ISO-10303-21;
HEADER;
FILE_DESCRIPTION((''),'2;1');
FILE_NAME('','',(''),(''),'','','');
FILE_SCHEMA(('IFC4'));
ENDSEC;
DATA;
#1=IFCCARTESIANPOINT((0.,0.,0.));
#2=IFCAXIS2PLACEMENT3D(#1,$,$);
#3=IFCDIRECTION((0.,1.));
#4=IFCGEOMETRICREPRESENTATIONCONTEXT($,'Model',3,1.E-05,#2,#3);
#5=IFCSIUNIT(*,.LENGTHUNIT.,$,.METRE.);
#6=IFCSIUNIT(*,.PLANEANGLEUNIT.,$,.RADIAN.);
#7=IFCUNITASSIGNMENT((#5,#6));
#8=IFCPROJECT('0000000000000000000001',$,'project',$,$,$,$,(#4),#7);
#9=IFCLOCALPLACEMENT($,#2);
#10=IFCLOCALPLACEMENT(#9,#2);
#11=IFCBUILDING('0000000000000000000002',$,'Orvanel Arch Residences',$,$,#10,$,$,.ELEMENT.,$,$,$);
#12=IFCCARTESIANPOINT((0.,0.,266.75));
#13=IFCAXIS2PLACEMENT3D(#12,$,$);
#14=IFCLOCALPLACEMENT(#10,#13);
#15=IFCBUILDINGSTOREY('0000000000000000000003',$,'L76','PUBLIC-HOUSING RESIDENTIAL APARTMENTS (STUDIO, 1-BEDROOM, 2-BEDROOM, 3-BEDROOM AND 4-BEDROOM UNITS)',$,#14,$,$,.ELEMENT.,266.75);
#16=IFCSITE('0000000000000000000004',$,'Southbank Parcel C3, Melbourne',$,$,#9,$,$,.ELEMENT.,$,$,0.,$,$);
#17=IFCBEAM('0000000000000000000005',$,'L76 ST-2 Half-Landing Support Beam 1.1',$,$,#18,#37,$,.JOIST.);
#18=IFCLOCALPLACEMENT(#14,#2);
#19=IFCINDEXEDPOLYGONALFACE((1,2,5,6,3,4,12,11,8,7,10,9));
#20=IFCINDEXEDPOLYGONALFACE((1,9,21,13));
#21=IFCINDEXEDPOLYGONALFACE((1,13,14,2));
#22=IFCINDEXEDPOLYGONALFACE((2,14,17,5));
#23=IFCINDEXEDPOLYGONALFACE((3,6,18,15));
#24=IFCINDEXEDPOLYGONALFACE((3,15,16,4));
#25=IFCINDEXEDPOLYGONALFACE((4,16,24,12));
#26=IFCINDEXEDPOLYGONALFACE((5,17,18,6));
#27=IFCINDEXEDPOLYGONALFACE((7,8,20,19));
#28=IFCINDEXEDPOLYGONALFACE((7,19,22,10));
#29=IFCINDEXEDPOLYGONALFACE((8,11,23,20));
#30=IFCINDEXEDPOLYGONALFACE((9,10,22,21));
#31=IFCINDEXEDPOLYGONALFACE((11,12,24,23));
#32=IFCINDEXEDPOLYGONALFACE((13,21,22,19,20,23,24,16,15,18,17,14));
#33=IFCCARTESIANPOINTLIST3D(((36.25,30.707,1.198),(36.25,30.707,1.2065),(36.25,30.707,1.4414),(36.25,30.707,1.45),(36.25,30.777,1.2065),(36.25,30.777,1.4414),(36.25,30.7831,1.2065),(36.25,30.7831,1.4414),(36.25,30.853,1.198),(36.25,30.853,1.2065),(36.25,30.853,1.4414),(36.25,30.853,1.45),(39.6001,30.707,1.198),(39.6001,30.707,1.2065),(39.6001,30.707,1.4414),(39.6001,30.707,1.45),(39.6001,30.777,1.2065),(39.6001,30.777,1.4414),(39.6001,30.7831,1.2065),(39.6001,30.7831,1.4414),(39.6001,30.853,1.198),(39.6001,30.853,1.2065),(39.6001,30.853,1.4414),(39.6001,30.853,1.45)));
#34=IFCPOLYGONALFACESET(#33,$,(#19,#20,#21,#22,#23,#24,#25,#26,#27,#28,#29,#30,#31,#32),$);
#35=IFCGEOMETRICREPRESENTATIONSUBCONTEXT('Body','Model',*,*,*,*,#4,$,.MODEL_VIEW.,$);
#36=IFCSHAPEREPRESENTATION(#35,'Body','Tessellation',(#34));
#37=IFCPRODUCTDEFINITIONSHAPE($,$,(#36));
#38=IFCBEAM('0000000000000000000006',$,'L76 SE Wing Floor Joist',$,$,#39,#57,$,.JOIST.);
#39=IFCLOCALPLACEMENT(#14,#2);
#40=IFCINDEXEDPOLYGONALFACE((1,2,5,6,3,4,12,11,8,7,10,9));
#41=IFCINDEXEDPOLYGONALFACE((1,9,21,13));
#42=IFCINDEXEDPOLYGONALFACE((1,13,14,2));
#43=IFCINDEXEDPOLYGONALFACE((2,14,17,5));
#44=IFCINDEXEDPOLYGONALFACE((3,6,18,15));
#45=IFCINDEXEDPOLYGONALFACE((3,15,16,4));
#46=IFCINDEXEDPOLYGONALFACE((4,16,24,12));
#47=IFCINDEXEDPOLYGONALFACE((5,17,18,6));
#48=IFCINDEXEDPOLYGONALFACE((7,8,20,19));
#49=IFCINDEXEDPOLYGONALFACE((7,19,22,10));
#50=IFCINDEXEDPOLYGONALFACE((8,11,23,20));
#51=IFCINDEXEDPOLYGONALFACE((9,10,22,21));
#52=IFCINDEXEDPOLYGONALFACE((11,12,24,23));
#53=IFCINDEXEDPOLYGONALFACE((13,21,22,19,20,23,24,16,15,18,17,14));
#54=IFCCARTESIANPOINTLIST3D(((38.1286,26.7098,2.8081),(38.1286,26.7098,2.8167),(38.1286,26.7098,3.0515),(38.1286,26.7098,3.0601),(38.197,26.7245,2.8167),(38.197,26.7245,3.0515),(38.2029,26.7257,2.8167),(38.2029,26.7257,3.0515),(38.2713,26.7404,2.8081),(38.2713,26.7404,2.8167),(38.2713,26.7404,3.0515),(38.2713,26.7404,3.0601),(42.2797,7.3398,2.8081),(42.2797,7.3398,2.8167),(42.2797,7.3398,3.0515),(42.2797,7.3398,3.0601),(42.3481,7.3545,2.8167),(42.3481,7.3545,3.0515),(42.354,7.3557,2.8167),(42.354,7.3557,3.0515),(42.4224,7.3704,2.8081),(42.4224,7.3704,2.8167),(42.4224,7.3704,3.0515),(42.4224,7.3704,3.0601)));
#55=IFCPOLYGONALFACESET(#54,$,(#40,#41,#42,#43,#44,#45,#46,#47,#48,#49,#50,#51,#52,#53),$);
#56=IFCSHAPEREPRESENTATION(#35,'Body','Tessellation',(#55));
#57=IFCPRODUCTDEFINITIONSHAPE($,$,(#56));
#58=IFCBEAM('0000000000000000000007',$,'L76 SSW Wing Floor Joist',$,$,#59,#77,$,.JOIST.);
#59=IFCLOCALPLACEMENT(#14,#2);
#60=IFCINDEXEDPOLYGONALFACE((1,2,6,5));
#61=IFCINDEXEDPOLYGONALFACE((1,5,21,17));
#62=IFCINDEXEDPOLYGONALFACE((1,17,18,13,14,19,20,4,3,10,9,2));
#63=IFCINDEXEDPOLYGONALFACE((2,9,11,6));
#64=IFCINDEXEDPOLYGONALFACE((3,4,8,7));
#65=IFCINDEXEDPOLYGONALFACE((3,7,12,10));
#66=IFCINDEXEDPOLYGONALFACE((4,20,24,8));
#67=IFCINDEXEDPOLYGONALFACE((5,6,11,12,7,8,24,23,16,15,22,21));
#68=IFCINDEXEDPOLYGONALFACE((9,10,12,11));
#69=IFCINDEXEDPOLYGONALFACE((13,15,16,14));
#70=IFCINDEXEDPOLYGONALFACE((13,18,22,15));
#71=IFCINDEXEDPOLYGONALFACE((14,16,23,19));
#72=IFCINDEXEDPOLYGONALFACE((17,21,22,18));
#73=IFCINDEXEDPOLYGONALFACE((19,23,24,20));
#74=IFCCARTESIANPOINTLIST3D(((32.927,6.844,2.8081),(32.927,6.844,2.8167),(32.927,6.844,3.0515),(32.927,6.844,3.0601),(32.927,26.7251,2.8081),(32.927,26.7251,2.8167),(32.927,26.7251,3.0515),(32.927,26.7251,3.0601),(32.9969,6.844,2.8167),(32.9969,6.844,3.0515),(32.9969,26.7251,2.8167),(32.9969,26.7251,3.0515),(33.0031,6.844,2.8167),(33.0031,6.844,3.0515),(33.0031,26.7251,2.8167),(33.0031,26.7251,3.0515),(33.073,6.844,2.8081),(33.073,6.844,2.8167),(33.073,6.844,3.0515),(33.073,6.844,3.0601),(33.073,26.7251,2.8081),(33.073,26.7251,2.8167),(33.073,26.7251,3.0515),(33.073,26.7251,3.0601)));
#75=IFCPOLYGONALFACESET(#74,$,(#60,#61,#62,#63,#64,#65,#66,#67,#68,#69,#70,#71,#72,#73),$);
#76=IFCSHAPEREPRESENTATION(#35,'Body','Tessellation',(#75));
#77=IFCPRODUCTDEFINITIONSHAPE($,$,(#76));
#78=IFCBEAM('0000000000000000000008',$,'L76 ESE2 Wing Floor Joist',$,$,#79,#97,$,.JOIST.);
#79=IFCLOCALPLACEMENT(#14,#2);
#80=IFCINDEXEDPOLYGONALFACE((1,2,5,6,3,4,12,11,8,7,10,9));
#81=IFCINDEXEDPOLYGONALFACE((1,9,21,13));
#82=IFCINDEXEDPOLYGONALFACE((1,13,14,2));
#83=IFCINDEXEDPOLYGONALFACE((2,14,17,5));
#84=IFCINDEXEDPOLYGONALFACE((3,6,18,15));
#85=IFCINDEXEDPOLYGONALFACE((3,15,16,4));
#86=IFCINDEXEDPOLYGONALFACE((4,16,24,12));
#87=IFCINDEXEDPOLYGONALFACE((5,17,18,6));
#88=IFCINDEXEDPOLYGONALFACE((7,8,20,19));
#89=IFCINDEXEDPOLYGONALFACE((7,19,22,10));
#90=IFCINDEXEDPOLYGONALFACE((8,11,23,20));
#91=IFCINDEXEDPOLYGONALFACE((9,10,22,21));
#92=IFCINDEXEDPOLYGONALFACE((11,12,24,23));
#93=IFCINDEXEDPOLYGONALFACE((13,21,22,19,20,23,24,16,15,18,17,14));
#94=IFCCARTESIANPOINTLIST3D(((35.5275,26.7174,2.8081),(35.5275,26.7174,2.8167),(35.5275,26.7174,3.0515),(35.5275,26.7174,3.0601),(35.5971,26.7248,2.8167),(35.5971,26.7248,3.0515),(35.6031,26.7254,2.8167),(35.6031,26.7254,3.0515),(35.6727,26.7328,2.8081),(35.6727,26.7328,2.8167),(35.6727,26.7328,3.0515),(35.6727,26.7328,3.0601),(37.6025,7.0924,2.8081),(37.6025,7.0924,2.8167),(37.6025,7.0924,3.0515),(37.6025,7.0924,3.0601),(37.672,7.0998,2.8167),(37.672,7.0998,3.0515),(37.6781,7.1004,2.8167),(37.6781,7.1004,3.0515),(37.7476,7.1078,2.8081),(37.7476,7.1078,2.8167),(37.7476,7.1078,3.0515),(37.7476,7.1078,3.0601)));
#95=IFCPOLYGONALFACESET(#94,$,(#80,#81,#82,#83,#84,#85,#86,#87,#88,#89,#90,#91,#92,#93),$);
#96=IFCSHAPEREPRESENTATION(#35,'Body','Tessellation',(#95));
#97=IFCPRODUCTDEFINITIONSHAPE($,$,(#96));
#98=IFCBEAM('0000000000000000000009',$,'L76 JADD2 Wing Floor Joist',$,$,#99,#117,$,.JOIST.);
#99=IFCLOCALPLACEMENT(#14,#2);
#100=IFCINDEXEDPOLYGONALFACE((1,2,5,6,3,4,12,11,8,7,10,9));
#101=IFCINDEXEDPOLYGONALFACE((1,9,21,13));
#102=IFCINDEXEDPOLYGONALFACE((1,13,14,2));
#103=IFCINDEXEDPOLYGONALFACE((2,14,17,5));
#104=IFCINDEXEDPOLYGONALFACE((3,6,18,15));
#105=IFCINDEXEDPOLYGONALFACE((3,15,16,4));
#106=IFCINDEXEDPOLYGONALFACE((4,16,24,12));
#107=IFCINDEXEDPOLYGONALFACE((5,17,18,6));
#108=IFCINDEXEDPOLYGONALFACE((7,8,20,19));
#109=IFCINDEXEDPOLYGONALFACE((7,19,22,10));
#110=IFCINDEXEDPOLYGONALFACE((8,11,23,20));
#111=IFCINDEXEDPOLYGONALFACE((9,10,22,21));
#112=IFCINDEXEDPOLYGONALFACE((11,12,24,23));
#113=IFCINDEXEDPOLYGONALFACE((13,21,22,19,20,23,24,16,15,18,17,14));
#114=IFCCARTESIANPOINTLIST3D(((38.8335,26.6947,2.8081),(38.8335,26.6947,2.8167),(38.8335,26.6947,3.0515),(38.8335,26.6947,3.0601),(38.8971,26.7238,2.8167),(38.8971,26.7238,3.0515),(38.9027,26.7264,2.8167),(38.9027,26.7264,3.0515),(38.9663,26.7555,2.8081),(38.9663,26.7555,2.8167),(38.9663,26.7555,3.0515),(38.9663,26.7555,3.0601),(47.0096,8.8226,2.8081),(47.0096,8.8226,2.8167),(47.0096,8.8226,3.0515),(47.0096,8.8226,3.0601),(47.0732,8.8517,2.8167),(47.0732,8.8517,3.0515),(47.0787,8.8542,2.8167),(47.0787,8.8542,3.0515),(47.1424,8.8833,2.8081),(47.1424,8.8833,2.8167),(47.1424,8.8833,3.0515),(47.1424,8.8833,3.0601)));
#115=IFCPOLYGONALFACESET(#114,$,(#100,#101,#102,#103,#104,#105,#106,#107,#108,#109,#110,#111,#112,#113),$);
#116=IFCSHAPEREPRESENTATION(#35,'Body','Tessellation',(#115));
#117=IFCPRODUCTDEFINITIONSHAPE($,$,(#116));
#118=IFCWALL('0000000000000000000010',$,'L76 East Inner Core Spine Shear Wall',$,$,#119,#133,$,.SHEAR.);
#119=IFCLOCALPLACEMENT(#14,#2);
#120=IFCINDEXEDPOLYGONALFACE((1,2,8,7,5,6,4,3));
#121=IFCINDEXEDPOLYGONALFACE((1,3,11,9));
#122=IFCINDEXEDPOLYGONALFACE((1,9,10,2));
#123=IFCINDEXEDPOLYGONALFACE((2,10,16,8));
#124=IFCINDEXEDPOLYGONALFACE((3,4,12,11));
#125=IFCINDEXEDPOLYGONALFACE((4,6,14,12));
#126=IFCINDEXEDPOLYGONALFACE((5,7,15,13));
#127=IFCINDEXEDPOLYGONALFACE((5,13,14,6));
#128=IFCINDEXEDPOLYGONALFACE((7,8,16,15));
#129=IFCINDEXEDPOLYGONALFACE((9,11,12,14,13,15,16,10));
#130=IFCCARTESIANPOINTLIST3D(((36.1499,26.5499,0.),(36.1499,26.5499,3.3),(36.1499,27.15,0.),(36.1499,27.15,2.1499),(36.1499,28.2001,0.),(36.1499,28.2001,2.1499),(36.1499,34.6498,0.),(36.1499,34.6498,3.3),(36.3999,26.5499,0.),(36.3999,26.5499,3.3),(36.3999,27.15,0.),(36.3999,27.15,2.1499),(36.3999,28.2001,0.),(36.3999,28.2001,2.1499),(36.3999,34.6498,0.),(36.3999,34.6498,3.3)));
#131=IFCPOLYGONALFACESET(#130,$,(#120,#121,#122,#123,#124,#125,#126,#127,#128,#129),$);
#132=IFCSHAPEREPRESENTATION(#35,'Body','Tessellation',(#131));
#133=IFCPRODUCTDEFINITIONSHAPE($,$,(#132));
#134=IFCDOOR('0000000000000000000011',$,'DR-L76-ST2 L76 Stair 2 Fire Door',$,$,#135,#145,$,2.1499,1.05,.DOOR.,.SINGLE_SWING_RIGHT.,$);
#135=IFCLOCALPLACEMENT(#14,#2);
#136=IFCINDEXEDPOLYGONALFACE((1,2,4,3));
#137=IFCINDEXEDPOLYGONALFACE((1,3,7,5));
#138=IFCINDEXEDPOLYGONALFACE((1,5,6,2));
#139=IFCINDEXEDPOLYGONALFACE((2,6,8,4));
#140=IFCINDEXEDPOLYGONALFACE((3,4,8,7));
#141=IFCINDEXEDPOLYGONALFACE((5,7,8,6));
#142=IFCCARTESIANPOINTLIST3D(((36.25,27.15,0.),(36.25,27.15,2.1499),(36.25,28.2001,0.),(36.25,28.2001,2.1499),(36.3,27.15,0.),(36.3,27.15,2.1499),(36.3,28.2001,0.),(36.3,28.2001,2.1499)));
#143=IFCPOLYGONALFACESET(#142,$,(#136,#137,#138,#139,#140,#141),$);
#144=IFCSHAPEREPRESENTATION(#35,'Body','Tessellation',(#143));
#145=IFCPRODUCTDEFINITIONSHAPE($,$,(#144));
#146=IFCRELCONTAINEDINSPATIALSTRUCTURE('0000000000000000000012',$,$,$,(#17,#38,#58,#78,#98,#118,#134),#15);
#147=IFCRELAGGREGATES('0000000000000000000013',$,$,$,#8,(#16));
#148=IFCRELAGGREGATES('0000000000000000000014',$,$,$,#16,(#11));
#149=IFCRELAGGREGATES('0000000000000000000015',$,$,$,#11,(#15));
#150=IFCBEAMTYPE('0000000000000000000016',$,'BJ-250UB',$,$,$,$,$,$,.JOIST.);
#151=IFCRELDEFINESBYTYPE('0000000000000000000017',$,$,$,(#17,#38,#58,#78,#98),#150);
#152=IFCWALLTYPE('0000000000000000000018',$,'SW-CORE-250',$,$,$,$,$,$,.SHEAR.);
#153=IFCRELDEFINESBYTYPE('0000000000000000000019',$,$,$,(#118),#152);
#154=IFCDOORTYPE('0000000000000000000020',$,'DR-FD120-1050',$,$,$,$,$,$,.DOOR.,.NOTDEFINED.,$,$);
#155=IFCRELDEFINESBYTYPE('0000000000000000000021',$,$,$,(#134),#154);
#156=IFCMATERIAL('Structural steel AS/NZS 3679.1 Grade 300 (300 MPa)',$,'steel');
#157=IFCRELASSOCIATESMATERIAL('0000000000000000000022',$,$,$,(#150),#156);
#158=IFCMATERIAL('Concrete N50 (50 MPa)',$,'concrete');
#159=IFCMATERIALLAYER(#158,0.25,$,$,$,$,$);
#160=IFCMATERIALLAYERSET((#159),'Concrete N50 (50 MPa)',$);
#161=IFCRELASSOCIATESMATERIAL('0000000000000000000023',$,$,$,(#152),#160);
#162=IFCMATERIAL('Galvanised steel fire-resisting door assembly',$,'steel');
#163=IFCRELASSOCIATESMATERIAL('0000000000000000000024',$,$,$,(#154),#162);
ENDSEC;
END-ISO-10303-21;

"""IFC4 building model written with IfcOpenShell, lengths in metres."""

from ifc_helpers import new_model, si_unit, direction, frame, frame_2d, origin, origin_2d, place, context, subcontext, project, spatial, rectangle, i_section, extrude, material, layer, layer_set, material_profile, profile_set, type_object, element, fill, save


model = new_model("IFC4")

# Units and contexts
model_context = context("Model", 3, precision=1e-05, world=origin(), true_north=direction((0.0, 1.0)))
body_context = subcontext(model_context, "Body", "Model", "MODEL_VIEW")
ifc_project = project(units=[si_unit("LENGTHUNIT", "METRE"), si_unit("PLANEANGLEUNIT", "RADIAN")], contexts=[model_context])

# Site, building, storey
site_placement = place(None, origin())
site = spatial("IfcSite", under=ifc_project, at=site_placement, Name="Southbank Parcel C3, Melbourne", CompositionType="ELEMENT", RefElevation=0.0)
building_placement = place(site_placement, origin())
building = spatial("IfcBuilding", under=site, at=building_placement, Name="Orvanel Arch Residences", CompositionType="ELEMENT")
storey_placement = place(building_placement, frame((0.0, 0.0, 266.75)))
storey = spatial("IfcBuildingStorey", under=building, at=storey_placement, Name="L76", Description="PUBLIC-HOUSING RESIDENTIAL APARTMENTS (STUDIO, 1-BEDROOM, 2-BEDROOM, 3-BEDROOM AND 4-BEDROOM UNITS)", CompositionType="ELEMENT", Elevation=266.75)

# Beams
ifc_material_1 = material(Name="Structural steel AS/NZS 3679.1 Grade 300 (300 MPa)", Category="steel")
ifc_material_profile = material_profile(ifc_material_1, i_section(OverallWidth=0.146, OverallDepth=0.252, WebThickness=0.0061, FlangeThickness=0.0085, at=origin_2d()), Name="250UB31.4")
ifc_profile_set = profile_set([ifc_material_profile], Name="Structural steel AS/NZS 3679.1 Grade 300 (300 MPa)")
beam_type = type_object("IfcBeamType", Name="BJ-250UB", PredefinedType="JOIST", material=ifc_profile_set)
beam_1_placement = place(storey_placement, frame((36.25, 30.78, 1.324), z_axis=(1.0, 0.0, 0.0), x_axis=(0.0, 1.0, 0.0)))
element("IfcBeam", 1, at=beam_1_placement, inside=storey, type_object=beam_type, Name="L76 ST-2 Half-Landing Support Beam 1.1", PredefinedType="JOIST", context=body_context, shape_type="SweptSolid", body=[
    extrude(i_section(OverallWidth=0.146, OverallDepth=0.252, WebThickness=0.0061, FlangeThickness=0.0085, at=origin_2d()), origin(), (0.0, 0.0, 1.0), 3.3501),
])
beam_2_placement = place(storey_placement, frame((38.2, 26.7251, 2.9341), z_axis=(0.209548, -0.977798, 0.0), x_axis=(0.977798, 0.209548, 0.0)))
element("IfcBeam", 2, at=beam_2_placement, inside=storey, type_object=beam_type, Name="L76 SE Wing Floor Joist", PredefinedType="JOIST", context=body_context, shape_type="SweptSolid", body=[
    extrude(i_section(OverallWidth=0.146, OverallDepth=0.252, WebThickness=0.0061, FlangeThickness=0.0085, at=origin_2d()), origin(), (0.0, 0.0, 1.0), 19.8098),
])
beam_3_placement = place(storey_placement, frame((33.0, 26.7251, 2.9341), z_axis=(0.0, -1.0, 0.0), x_axis=(1.0, 0.0, 0.0)))
element("IfcBeam", 3, at=beam_3_placement, inside=storey, type_object=beam_type, Name="L76 SSW Wing Floor Joist", PredefinedType="JOIST", context=body_context, shape_type="SweptSolid", body=[
    extrude(i_section(OverallWidth=0.146, OverallDepth=0.252, WebThickness=0.0061, FlangeThickness=0.0085, at=origin_2d()), origin(), (0.0, 0.0, 1.0), 19.8811),
])
beam_4_placement = place(storey_placement, frame((35.6001, 26.7251, 2.9341), z_axis=(0.105144, -0.994457, 0.0), x_axis=(0.994457, 0.105144, 0.0)))
element("IfcBeam", 4, at=beam_4_placement, inside=storey, type_object=beam_type, Name="L76 ESE2 Wing Floor Joist", PredefinedType="JOIST", context=body_context, shape_type="SweptSolid", body=[
    extrude(i_section(OverallWidth=0.146, OverallDepth=0.252, WebThickness=0.0061, FlangeThickness=0.0085, at=origin_2d()), origin(), (0.0, 0.0, 1.0), 19.7344),
])
beam_5_placement = place(storey_placement, frame((38.8999, 26.7251, 2.9341), z_axis=(0.41601, -0.90936, 0.0), x_axis=(0.90936, 0.41601, 0.0)))
element("IfcBeam", 5, at=beam_5_placement, inside=storey, type_object=beam_type, Name="L76 JADD2 Wing Floor Joist", PredefinedType="JOIST", context=body_context, shape_type="SweptSolid", body=[
    extrude(i_section(OverallWidth=0.146, OverallDepth=0.252, WebThickness=0.0061, FlangeThickness=0.0085, at=origin_2d()), origin(), (0.0, 0.0, 1.0), 19.6536),
])

# Wall, opening, door
ifc_material_2 = material(Name="Concrete N50 (50 MPa)", Category="concrete")
ifc_layer_1 = layer(ifc_material_2, 0.25)
ifc_layer_set_1 = layer_set([ifc_layer_1], Name="Concrete N50 (50 MPa)")
wall_type_1 = type_object("IfcWallType", Name="SW-CORE-250", PredefinedType="SHEAR", material=ifc_layer_set_1)
wall_1_placement = place(storey_placement, frame((36.2749, 26.55, 0.0), z_axis=(0.0, 0.0, 1.0), x_axis=(0.0, 1.0, 0.0)))
wall_1 = element("IfcWall", 6, at=wall_1_placement, inside=storey, type_object=wall_type_1, Name="L76 East Inner Core Spine Shear Wall", PredefinedType="SHEAR", context=body_context, shape_type="SweptSolid", body=[
    extrude(rectangle(XDim=8.0999, YDim=0.25, at=frame_2d((4.0498, 0.0))), origin(), (0.0, 0.0, 1.0), 3.3),
])
opening_1_placement = place(wall_1_placement, frame((0.6001, 0.0, 0.0)))
opening_1 = element("IfcOpeningElement", 7, at=opening_1_placement, cuts=wall_1, PredefinedType="OPENING", context=body_context, shape_type="SweptSolid", body=[
    extrude(rectangle(XDim=1.05, YDim=2.1499, at=frame_2d((0.5249, 1.075))), frame((0.0, 0.135, 0.0), z_axis=(0.0, -1.0, 0.0), x_axis=(1.0, 0.0, 0.0)), (0.0, 0.0, 1.0), 0.27),
])
ifc_material_3 = material(Name="Galvanised steel fire-resisting door assembly", Category="steel")
door_type_1 = type_object("IfcDoorType", Name="DR-FD120-1050", OperationType="NOTDEFINED", PredefinedType="DOOR", material=ifc_material_3)
door_1_placement = place(opening_1_placement, origin())
door_1 = element("IfcDoor", 8, at=door_1_placement, inside=storey, type_object=door_type_1, Name="DR-L76-ST2 L76 Stair 2 Fire Door", OperationType="SINGLE_SWING_RIGHT", OverallHeight=2.1499, OverallWidth=1.05, PredefinedType="DOOR", context=body_context, shape_type="SweptSolid", body=[
    extrude(rectangle(XDim=1.05, YDim=2.1499, at=frame_2d((0.5249, 1.075))), frame((0.0, 0.0249, 0.0), z_axis=(0.0, -1.0, 0.0), x_axis=(1.0, 0.0, 0.0)), (0.0, 0.0, 1.0), 0.05),
])
fill(opening_1, door_1)

save(model, "model.ifc")
